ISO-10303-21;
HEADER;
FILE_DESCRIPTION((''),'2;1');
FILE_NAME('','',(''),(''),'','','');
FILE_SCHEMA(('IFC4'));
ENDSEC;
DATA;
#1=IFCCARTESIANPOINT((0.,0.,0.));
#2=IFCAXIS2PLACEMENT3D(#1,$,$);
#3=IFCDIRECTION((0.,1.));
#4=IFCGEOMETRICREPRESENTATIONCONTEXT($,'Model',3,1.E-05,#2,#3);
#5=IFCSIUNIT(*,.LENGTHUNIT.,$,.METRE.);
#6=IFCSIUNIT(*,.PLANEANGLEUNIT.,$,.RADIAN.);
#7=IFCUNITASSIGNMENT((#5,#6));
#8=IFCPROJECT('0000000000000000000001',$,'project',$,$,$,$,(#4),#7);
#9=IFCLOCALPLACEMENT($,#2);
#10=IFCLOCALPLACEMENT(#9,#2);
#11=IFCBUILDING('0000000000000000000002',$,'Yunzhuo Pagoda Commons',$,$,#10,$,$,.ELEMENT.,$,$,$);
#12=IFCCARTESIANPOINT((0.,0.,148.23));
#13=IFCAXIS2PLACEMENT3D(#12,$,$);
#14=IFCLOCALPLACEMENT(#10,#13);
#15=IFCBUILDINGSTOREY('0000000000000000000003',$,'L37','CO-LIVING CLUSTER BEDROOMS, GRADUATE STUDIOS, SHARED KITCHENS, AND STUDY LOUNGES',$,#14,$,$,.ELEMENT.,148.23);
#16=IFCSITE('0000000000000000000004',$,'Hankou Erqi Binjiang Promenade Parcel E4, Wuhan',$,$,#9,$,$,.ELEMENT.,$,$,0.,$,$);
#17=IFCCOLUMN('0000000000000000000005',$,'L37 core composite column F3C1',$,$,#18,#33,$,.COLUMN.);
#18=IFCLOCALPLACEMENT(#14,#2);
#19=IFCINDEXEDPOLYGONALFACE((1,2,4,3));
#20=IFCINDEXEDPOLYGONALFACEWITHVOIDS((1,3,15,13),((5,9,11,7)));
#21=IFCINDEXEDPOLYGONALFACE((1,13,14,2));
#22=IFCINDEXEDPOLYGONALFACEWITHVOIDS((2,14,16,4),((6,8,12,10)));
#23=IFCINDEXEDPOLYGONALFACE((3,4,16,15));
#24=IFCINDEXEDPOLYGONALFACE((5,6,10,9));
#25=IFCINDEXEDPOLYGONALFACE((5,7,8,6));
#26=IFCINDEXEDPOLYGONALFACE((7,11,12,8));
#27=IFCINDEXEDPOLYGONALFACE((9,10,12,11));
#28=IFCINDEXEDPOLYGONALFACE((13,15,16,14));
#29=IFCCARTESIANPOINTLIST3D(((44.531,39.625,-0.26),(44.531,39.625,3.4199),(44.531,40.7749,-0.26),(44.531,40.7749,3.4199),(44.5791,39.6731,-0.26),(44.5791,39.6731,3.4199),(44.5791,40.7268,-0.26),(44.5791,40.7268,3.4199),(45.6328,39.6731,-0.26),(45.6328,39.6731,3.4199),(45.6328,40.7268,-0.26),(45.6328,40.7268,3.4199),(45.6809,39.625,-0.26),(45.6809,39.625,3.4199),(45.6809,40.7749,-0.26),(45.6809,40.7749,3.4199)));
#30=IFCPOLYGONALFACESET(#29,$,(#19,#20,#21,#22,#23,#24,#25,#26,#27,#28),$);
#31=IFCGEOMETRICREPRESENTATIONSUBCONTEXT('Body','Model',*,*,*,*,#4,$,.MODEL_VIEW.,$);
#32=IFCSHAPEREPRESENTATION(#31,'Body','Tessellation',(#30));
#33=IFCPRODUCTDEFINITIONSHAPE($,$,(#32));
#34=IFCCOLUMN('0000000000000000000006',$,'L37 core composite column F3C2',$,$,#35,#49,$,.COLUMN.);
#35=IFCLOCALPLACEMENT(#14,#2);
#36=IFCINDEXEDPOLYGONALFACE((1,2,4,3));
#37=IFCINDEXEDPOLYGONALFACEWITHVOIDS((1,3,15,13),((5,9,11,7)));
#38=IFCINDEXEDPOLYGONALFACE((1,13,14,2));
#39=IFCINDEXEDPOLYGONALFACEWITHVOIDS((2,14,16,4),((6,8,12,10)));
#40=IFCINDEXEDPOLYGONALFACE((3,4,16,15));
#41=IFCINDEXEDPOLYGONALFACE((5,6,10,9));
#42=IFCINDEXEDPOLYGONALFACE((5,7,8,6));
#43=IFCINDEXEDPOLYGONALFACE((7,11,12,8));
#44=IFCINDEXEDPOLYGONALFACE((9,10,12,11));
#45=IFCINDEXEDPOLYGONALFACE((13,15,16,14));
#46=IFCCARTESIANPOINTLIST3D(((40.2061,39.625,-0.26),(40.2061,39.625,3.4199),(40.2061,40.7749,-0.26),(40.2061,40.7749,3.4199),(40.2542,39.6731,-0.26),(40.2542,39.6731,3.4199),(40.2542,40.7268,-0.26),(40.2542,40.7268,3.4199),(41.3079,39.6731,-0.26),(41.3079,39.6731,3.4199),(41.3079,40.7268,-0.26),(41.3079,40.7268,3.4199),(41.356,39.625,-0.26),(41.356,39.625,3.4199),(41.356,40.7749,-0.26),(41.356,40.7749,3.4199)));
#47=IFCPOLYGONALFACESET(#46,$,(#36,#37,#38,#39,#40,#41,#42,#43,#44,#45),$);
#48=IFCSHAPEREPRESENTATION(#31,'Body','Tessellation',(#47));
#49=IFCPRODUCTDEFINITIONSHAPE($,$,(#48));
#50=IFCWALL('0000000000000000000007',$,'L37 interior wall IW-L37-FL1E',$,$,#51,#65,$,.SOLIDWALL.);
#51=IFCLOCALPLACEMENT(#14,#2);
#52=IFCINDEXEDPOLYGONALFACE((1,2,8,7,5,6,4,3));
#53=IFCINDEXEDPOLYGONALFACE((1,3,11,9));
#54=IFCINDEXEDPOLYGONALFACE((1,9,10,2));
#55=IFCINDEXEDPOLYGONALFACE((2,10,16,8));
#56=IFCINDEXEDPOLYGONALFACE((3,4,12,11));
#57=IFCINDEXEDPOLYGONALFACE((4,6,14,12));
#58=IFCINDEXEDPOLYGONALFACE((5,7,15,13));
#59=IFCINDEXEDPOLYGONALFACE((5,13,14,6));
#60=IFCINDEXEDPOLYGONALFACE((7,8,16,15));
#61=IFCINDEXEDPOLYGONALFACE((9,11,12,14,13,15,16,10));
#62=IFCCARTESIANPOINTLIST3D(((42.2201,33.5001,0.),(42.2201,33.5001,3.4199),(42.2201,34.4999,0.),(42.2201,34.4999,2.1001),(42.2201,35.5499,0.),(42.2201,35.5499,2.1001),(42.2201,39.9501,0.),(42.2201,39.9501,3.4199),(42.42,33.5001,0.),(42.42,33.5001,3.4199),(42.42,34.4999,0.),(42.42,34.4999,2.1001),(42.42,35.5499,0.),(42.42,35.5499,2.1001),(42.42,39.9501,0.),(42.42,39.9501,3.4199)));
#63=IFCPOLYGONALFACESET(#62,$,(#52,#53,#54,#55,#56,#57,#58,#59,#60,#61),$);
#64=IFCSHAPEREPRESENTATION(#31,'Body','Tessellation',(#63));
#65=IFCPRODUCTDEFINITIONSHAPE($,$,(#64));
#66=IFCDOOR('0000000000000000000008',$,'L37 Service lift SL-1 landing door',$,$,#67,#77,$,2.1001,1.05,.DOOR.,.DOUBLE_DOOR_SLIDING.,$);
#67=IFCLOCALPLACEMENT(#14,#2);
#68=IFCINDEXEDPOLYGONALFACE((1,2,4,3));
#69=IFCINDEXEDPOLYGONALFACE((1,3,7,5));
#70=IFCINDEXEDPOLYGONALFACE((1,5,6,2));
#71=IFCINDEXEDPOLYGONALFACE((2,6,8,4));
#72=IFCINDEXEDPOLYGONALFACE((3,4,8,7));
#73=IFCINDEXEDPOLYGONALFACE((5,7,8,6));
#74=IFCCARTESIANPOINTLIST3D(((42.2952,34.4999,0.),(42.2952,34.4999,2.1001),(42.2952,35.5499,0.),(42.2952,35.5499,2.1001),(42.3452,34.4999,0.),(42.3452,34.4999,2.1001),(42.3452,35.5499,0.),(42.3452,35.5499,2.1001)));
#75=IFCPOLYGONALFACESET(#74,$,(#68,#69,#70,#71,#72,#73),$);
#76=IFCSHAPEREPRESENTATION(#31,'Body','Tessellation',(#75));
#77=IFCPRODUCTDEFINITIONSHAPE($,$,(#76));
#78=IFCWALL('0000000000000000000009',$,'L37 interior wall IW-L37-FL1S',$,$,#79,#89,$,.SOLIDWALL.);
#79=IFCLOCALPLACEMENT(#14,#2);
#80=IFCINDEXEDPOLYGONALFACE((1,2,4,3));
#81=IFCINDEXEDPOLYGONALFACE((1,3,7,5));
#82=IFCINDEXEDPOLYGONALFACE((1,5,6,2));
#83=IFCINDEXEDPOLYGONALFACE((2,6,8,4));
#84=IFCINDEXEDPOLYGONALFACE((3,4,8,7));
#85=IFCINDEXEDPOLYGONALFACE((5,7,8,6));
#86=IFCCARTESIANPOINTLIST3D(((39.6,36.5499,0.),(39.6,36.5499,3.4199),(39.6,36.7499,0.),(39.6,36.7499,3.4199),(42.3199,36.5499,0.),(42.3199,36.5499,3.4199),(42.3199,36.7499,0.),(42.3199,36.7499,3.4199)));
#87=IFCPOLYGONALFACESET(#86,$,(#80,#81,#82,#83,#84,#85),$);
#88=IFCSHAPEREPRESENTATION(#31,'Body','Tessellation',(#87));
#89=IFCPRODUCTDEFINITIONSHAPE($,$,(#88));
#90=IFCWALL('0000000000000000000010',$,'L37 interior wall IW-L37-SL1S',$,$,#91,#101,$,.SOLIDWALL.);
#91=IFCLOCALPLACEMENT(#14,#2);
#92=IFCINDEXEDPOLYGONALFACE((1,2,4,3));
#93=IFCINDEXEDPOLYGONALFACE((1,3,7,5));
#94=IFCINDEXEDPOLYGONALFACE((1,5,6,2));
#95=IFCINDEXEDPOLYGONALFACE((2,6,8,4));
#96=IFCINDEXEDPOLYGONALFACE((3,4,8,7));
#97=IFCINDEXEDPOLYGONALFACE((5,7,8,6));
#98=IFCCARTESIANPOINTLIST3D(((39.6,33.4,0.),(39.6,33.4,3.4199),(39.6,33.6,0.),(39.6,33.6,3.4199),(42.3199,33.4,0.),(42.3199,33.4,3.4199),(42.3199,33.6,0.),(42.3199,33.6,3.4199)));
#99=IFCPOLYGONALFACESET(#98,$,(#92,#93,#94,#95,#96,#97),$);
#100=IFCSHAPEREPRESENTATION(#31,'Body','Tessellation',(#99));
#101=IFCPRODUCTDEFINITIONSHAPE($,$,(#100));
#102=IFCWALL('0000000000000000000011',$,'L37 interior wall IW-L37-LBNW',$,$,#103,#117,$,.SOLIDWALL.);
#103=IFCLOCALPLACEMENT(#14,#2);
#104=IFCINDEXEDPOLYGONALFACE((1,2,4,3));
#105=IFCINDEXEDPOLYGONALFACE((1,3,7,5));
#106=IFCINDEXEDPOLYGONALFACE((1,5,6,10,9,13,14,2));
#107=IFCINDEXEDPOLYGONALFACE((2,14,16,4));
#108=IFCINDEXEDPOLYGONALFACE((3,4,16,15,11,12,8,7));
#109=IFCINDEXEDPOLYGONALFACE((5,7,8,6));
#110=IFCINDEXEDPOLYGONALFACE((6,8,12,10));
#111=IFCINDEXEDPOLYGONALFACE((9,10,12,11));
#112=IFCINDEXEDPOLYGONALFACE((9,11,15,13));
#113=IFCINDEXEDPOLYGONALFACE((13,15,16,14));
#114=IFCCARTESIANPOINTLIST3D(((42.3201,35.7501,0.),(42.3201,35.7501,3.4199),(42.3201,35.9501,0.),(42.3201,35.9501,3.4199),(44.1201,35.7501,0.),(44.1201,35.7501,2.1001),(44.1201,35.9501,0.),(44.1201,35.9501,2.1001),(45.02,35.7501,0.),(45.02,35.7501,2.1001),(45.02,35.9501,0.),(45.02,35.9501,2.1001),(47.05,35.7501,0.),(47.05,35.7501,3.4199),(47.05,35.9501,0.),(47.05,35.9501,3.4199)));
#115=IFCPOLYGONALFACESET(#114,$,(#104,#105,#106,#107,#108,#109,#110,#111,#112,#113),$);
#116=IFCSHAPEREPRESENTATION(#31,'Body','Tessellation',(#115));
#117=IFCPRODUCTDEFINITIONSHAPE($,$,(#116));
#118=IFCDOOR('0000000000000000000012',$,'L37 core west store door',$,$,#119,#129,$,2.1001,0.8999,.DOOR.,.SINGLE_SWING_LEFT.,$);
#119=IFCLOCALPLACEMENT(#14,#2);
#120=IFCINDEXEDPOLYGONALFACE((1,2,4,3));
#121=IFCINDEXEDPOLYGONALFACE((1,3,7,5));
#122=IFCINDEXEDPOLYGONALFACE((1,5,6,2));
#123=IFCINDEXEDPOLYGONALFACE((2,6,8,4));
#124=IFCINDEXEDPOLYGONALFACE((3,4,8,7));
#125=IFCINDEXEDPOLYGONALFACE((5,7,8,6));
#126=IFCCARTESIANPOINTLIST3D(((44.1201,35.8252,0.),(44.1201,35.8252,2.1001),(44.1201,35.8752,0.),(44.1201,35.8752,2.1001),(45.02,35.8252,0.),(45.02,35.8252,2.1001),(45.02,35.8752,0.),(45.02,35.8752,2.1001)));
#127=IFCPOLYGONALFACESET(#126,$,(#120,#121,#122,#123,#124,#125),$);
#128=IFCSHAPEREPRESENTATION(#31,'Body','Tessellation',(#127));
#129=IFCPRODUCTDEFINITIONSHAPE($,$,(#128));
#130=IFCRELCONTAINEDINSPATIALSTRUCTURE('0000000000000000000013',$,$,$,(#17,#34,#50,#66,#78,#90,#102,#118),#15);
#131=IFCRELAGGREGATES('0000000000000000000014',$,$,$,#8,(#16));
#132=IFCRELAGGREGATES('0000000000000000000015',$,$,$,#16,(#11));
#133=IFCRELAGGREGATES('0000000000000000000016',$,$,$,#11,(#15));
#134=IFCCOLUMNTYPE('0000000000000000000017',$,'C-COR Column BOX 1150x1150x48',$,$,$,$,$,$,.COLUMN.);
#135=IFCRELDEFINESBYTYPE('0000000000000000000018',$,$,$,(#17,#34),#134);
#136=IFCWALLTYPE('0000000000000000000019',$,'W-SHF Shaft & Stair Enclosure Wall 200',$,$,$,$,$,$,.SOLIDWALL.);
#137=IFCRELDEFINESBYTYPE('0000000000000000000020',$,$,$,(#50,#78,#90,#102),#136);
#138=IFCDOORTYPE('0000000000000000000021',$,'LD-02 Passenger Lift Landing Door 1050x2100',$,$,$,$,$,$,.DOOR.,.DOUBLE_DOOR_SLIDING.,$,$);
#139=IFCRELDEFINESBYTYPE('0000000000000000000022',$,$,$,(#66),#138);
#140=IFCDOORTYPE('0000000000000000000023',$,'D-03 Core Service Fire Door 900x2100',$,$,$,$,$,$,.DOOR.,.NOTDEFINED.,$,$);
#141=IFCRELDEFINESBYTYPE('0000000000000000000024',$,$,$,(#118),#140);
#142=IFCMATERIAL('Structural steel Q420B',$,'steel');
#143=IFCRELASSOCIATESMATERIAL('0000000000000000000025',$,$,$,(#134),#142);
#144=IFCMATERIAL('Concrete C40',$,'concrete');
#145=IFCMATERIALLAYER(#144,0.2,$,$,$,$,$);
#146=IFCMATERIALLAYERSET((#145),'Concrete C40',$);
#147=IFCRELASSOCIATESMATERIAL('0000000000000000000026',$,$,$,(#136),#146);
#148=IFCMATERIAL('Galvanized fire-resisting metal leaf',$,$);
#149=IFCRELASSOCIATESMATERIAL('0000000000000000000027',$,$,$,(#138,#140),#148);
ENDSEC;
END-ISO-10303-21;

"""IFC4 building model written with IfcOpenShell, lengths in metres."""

from ifc_helpers import new_model, si_unit, direction, frame, frame_2d, origin, origin_with_axes, origin_2d, place, context, subcontext, project, spatial, rectangle, hollow_rectangle, extrude, source, transform, mapped, material, layer, layer_set, material_profile, profile_set, type_object, element, fill, save


model = new_model("IFC4")

# Units and contexts
model_context = context("Model", 3, precision=1e-05, world=origin(), true_north=direction((0.0, 1.0)))
body_context = subcontext(model_context, "Body", "Model", "MODEL_VIEW")
ifc_project = project(units=[si_unit("LENGTHUNIT", "METRE"), si_unit("PLANEANGLEUNIT", "RADIAN")], contexts=[model_context])

# Site, building, storey
site_placement = place(None, origin())
site = spatial("IfcSite", under=ifc_project, at=site_placement, Name="Hankou Erqi Binjiang Promenade Parcel E4, Wuhan", CompositionType="ELEMENT", RefElevation=0.0)
building_placement = place(site_placement, origin())
building = spatial("IfcBuilding", under=site, at=building_placement, Name="Yunzhuo Pagoda Commons", CompositionType="ELEMENT")
storey_placement = place(building_placement, frame((0.0, 0.0, 148.23)))
storey = spatial("IfcBuildingStorey", under=building, at=storey_placement, Name="L37", Description="CO-LIVING CLUSTER BEDROOMS, GRADUATE STUDIOS, SHARED KITCHENS, AND STUDY LOUNGES", CompositionType="ELEMENT", Elevation=148.23)

# Columns
ifc_material_1 = material(Name="Structural steel Q420B", Category="steel")
ifc_material_profile = material_profile(ifc_material_1, hollow_rectangle(XDim=1.1499, YDim=1.1499, WallThickness=0.0481, at=origin_2d()), Name="Structural steel Q420B")
ifc_profile_set = profile_set([ifc_material_profile], Name="Structural steel Q420B")
column_type = type_object("IfcColumnType", Name="C-COR Column BOX 1150x1150x48", PredefinedType="COLUMN", material=ifc_profile_set)
shared_shape_1 = source(origin(), body_context, "Body", "SweptSolid", [
    extrude(hollow_rectangle(XDim=1.1499, YDim=1.1499, WallThickness=0.0481, at=origin_2d()), origin(), (0.0, 0.0, 1.0), 3.6799),
])
for number, where, z_axis, x_axis, name in (
    (1, (45.106, 40.2, -0.26), (0.0, 0.0, 1.0), (1.0, 0.0, 0.0), "L37 core composite column F3C1"),
    (2, (40.781, 40.2, -0.26), (0.0, 0.0, 1.0), (1.0, 0.0, 0.0), "L37 core composite column F3C2"),
):
    element("IfcColumn", number, at=place(storey_placement, frame(where, z_axis=z_axis, x_axis=x_axis)), inside=storey, type_object=column_type, Name=name, PredefinedType="COLUMN", context=body_context, shape_type="MappedRepresentation", body=[
        mapped(shared_shape_1, transform((0.0, 0.0, 0.0), scale=1.0)),
    ])

# Wall, opening, door
ifc_material_2 = material(Name="Concrete C40", Category="concrete")
ifc_layer = layer(ifc_material_2, 0.2)
ifc_layer_set = layer_set([ifc_layer], Name="Concrete C40")
wall_type = type_object("IfcWallType", Name="W-SHF Shaft & Stair Enclosure Wall 200", PredefinedType="SOLIDWALL", material=ifc_layer_set)
wall_1_placement = place(storey_placement, frame((42.3201, 33.5, 0.0), z_axis=(0.0, 0.0, 1.0), x_axis=(0.0, 1.0, 0.0)))
wall_1 = element("IfcWall", 3, at=wall_1_placement, inside=storey, type_object=wall_type, Name="L37 interior wall IW-L37-FL1E", PredefinedType="SOLIDWALL", context=body_context, shape_type="SweptSolid", body=[
    extrude(rectangle(XDim=6.45, YDim=0.2, at=frame_2d((3.2251, 0.0))), origin(), (0.0, 0.0, 1.0), 3.4199),
])
opening_1_placement = place(wall_1_placement, frame((1.0, 0.0, 0.0)))
opening_1 = element("IfcOpeningElement", 4, at=opening_1_placement, cuts=wall_1, PredefinedType="OPENING", context=body_context, shape_type="SweptSolid", body=[
    extrude(rectangle(XDim=1.05, YDim=2.1001, at=frame_2d((0.5249, 1.05))), frame((0.0, 0.1099, 0.0), z_axis=(0.0, -1.0, 0.0), x_axis=(1.0, 0.0, 0.0)), (0.0, 0.0, 1.0), 0.22),
])
ifc_material_3 = material(Name="Galvanized fire-resisting metal leaf")
door_type_1 = type_object("IfcDoorType", Name="LD-02 Passenger Lift Landing Door 1050x2100", OperationType="DOUBLE_DOOR_SLIDING", PredefinedType="DOOR", material=ifc_material_3)
shared_shape_2 = source(origin(), body_context, "Body", "SweptSolid", [
    extrude(rectangle(XDim=1.05, YDim=2.1001, at=frame_2d((0.5249, 1.05))), frame((0.0, 0.0249, 0.0), z_axis=(0.0, -1.0, 0.0), x_axis=(1.0, 0.0, 0.0)), (0.0, 0.0, 1.0), 0.05),
])
door_1_placement = place(opening_1_placement, origin_with_axes())
door_1 = element("IfcDoor", 5, at=door_1_placement, inside=storey, type_object=door_type_1, Name="L37 Service lift SL-1 landing door", OperationType="DOUBLE_DOOR_SLIDING", OverallHeight=2.1001, OverallWidth=1.05, PredefinedType="DOOR", context=body_context, shape_type="MappedRepresentation", body=[
    mapped(shared_shape_2, transform((0.0, 0.0, 0.0), scale=1.0)),
])
fill(opening_1, door_1)

# Walls
for number, where, z_axis, x_axis, name in (
    (6, (39.6001, 36.6499, 0.0), (0.0, 0.0, 1.0), (1.0, 0.0, 0.0), "L37 interior wall IW-L37-FL1S"),
    (7, (39.6001, 33.5, 0.0), (0.0, 0.0, 1.0), (1.0, 0.0, 0.0), "L37 interior wall IW-L37-SL1S"),
):
    element("IfcWall", number, at=place(storey_placement, frame(where, z_axis=z_axis, x_axis=x_axis)), inside=storey, type_object=wall_type, Name=name, PredefinedType="SOLIDWALL", context=body_context, shape_type="SweptSolid", body=[
        extrude(rectangle(XDim=2.72, YDim=0.2, at=frame_2d((1.3599, 0.0))), origin(), (0.0, 0.0, 1.0), 3.4199),
    ])

# Wall, opening, door
wall_2_placement = place(storey_placement, frame((42.3201, 35.8501, 0.0), z_axis=(0.0, 0.0, 1.0), x_axis=(1.0, 0.0, 0.0)))
wall_2 = element("IfcWall", 8, at=wall_2_placement, inside=storey, type_object=wall_type, Name="L37 interior wall IW-L37-LBNW", PredefinedType="SOLIDWALL", context=body_context, shape_type="SweptSolid", body=[
    extrude(rectangle(XDim=4.73, YDim=0.2, at=frame_2d((2.365, 0.0))), origin(), (0.0, 0.0, 1.0), 3.4199),
])
opening_2_placement = place(wall_2_placement, frame((1.8, 0.0, 0.0)))
opening_2 = element("IfcOpeningElement", 9, at=opening_2_placement, cuts=wall_2, PredefinedType="OPENING", context=body_context, shape_type="SweptSolid", body=[
    extrude(rectangle(XDim=0.8999, YDim=2.1001, at=frame_2d((0.45, 1.05))), frame((0.0, 0.1099, 0.0), z_axis=(0.0, -1.0, 0.0), x_axis=(1.0, 0.0, 0.0)), (0.0, 0.0, 1.0), 0.22),
])
door_type_2 = type_object("IfcDoorType", Name="D-03 Core Service Fire Door 900x2100", OperationType="NOTDEFINED", PredefinedType="DOOR", material=ifc_material_3)
shared_shape_3 = source(origin(), body_context, "Body", "SweptSolid", [
    extrude(rectangle(XDim=0.8999, YDim=2.1001, at=frame_2d((0.45, 1.05))), frame((0.0, 0.0249, 0.0), z_axis=(0.0, -1.0, 0.0), x_axis=(1.0, 0.0, 0.0)), (0.0, 0.0, 1.0), 0.05),
])
door_2_placement = place(opening_2_placement, frame((0.8999, 0.0, 0.0), z_axis=(0.0, 0.0, 1.0), x_axis=(-1.0, 0.0, 0.0)))
door_2 = element("IfcDoor", 10, at=door_2_placement, inside=storey, type_object=door_type_2, Name="L37 core west store door", OperationType="SINGLE_SWING_LEFT", OverallHeight=2.1001, OverallWidth=0.8999, PredefinedType="DOOR", context=body_context, shape_type="MappedRepresentation", body=[
    mapped(shared_shape_3, transform((0.0, 0.0, 0.0), scale=1.0)),
])
fill(opening_2, door_2)

save(model, "model.ifc")
